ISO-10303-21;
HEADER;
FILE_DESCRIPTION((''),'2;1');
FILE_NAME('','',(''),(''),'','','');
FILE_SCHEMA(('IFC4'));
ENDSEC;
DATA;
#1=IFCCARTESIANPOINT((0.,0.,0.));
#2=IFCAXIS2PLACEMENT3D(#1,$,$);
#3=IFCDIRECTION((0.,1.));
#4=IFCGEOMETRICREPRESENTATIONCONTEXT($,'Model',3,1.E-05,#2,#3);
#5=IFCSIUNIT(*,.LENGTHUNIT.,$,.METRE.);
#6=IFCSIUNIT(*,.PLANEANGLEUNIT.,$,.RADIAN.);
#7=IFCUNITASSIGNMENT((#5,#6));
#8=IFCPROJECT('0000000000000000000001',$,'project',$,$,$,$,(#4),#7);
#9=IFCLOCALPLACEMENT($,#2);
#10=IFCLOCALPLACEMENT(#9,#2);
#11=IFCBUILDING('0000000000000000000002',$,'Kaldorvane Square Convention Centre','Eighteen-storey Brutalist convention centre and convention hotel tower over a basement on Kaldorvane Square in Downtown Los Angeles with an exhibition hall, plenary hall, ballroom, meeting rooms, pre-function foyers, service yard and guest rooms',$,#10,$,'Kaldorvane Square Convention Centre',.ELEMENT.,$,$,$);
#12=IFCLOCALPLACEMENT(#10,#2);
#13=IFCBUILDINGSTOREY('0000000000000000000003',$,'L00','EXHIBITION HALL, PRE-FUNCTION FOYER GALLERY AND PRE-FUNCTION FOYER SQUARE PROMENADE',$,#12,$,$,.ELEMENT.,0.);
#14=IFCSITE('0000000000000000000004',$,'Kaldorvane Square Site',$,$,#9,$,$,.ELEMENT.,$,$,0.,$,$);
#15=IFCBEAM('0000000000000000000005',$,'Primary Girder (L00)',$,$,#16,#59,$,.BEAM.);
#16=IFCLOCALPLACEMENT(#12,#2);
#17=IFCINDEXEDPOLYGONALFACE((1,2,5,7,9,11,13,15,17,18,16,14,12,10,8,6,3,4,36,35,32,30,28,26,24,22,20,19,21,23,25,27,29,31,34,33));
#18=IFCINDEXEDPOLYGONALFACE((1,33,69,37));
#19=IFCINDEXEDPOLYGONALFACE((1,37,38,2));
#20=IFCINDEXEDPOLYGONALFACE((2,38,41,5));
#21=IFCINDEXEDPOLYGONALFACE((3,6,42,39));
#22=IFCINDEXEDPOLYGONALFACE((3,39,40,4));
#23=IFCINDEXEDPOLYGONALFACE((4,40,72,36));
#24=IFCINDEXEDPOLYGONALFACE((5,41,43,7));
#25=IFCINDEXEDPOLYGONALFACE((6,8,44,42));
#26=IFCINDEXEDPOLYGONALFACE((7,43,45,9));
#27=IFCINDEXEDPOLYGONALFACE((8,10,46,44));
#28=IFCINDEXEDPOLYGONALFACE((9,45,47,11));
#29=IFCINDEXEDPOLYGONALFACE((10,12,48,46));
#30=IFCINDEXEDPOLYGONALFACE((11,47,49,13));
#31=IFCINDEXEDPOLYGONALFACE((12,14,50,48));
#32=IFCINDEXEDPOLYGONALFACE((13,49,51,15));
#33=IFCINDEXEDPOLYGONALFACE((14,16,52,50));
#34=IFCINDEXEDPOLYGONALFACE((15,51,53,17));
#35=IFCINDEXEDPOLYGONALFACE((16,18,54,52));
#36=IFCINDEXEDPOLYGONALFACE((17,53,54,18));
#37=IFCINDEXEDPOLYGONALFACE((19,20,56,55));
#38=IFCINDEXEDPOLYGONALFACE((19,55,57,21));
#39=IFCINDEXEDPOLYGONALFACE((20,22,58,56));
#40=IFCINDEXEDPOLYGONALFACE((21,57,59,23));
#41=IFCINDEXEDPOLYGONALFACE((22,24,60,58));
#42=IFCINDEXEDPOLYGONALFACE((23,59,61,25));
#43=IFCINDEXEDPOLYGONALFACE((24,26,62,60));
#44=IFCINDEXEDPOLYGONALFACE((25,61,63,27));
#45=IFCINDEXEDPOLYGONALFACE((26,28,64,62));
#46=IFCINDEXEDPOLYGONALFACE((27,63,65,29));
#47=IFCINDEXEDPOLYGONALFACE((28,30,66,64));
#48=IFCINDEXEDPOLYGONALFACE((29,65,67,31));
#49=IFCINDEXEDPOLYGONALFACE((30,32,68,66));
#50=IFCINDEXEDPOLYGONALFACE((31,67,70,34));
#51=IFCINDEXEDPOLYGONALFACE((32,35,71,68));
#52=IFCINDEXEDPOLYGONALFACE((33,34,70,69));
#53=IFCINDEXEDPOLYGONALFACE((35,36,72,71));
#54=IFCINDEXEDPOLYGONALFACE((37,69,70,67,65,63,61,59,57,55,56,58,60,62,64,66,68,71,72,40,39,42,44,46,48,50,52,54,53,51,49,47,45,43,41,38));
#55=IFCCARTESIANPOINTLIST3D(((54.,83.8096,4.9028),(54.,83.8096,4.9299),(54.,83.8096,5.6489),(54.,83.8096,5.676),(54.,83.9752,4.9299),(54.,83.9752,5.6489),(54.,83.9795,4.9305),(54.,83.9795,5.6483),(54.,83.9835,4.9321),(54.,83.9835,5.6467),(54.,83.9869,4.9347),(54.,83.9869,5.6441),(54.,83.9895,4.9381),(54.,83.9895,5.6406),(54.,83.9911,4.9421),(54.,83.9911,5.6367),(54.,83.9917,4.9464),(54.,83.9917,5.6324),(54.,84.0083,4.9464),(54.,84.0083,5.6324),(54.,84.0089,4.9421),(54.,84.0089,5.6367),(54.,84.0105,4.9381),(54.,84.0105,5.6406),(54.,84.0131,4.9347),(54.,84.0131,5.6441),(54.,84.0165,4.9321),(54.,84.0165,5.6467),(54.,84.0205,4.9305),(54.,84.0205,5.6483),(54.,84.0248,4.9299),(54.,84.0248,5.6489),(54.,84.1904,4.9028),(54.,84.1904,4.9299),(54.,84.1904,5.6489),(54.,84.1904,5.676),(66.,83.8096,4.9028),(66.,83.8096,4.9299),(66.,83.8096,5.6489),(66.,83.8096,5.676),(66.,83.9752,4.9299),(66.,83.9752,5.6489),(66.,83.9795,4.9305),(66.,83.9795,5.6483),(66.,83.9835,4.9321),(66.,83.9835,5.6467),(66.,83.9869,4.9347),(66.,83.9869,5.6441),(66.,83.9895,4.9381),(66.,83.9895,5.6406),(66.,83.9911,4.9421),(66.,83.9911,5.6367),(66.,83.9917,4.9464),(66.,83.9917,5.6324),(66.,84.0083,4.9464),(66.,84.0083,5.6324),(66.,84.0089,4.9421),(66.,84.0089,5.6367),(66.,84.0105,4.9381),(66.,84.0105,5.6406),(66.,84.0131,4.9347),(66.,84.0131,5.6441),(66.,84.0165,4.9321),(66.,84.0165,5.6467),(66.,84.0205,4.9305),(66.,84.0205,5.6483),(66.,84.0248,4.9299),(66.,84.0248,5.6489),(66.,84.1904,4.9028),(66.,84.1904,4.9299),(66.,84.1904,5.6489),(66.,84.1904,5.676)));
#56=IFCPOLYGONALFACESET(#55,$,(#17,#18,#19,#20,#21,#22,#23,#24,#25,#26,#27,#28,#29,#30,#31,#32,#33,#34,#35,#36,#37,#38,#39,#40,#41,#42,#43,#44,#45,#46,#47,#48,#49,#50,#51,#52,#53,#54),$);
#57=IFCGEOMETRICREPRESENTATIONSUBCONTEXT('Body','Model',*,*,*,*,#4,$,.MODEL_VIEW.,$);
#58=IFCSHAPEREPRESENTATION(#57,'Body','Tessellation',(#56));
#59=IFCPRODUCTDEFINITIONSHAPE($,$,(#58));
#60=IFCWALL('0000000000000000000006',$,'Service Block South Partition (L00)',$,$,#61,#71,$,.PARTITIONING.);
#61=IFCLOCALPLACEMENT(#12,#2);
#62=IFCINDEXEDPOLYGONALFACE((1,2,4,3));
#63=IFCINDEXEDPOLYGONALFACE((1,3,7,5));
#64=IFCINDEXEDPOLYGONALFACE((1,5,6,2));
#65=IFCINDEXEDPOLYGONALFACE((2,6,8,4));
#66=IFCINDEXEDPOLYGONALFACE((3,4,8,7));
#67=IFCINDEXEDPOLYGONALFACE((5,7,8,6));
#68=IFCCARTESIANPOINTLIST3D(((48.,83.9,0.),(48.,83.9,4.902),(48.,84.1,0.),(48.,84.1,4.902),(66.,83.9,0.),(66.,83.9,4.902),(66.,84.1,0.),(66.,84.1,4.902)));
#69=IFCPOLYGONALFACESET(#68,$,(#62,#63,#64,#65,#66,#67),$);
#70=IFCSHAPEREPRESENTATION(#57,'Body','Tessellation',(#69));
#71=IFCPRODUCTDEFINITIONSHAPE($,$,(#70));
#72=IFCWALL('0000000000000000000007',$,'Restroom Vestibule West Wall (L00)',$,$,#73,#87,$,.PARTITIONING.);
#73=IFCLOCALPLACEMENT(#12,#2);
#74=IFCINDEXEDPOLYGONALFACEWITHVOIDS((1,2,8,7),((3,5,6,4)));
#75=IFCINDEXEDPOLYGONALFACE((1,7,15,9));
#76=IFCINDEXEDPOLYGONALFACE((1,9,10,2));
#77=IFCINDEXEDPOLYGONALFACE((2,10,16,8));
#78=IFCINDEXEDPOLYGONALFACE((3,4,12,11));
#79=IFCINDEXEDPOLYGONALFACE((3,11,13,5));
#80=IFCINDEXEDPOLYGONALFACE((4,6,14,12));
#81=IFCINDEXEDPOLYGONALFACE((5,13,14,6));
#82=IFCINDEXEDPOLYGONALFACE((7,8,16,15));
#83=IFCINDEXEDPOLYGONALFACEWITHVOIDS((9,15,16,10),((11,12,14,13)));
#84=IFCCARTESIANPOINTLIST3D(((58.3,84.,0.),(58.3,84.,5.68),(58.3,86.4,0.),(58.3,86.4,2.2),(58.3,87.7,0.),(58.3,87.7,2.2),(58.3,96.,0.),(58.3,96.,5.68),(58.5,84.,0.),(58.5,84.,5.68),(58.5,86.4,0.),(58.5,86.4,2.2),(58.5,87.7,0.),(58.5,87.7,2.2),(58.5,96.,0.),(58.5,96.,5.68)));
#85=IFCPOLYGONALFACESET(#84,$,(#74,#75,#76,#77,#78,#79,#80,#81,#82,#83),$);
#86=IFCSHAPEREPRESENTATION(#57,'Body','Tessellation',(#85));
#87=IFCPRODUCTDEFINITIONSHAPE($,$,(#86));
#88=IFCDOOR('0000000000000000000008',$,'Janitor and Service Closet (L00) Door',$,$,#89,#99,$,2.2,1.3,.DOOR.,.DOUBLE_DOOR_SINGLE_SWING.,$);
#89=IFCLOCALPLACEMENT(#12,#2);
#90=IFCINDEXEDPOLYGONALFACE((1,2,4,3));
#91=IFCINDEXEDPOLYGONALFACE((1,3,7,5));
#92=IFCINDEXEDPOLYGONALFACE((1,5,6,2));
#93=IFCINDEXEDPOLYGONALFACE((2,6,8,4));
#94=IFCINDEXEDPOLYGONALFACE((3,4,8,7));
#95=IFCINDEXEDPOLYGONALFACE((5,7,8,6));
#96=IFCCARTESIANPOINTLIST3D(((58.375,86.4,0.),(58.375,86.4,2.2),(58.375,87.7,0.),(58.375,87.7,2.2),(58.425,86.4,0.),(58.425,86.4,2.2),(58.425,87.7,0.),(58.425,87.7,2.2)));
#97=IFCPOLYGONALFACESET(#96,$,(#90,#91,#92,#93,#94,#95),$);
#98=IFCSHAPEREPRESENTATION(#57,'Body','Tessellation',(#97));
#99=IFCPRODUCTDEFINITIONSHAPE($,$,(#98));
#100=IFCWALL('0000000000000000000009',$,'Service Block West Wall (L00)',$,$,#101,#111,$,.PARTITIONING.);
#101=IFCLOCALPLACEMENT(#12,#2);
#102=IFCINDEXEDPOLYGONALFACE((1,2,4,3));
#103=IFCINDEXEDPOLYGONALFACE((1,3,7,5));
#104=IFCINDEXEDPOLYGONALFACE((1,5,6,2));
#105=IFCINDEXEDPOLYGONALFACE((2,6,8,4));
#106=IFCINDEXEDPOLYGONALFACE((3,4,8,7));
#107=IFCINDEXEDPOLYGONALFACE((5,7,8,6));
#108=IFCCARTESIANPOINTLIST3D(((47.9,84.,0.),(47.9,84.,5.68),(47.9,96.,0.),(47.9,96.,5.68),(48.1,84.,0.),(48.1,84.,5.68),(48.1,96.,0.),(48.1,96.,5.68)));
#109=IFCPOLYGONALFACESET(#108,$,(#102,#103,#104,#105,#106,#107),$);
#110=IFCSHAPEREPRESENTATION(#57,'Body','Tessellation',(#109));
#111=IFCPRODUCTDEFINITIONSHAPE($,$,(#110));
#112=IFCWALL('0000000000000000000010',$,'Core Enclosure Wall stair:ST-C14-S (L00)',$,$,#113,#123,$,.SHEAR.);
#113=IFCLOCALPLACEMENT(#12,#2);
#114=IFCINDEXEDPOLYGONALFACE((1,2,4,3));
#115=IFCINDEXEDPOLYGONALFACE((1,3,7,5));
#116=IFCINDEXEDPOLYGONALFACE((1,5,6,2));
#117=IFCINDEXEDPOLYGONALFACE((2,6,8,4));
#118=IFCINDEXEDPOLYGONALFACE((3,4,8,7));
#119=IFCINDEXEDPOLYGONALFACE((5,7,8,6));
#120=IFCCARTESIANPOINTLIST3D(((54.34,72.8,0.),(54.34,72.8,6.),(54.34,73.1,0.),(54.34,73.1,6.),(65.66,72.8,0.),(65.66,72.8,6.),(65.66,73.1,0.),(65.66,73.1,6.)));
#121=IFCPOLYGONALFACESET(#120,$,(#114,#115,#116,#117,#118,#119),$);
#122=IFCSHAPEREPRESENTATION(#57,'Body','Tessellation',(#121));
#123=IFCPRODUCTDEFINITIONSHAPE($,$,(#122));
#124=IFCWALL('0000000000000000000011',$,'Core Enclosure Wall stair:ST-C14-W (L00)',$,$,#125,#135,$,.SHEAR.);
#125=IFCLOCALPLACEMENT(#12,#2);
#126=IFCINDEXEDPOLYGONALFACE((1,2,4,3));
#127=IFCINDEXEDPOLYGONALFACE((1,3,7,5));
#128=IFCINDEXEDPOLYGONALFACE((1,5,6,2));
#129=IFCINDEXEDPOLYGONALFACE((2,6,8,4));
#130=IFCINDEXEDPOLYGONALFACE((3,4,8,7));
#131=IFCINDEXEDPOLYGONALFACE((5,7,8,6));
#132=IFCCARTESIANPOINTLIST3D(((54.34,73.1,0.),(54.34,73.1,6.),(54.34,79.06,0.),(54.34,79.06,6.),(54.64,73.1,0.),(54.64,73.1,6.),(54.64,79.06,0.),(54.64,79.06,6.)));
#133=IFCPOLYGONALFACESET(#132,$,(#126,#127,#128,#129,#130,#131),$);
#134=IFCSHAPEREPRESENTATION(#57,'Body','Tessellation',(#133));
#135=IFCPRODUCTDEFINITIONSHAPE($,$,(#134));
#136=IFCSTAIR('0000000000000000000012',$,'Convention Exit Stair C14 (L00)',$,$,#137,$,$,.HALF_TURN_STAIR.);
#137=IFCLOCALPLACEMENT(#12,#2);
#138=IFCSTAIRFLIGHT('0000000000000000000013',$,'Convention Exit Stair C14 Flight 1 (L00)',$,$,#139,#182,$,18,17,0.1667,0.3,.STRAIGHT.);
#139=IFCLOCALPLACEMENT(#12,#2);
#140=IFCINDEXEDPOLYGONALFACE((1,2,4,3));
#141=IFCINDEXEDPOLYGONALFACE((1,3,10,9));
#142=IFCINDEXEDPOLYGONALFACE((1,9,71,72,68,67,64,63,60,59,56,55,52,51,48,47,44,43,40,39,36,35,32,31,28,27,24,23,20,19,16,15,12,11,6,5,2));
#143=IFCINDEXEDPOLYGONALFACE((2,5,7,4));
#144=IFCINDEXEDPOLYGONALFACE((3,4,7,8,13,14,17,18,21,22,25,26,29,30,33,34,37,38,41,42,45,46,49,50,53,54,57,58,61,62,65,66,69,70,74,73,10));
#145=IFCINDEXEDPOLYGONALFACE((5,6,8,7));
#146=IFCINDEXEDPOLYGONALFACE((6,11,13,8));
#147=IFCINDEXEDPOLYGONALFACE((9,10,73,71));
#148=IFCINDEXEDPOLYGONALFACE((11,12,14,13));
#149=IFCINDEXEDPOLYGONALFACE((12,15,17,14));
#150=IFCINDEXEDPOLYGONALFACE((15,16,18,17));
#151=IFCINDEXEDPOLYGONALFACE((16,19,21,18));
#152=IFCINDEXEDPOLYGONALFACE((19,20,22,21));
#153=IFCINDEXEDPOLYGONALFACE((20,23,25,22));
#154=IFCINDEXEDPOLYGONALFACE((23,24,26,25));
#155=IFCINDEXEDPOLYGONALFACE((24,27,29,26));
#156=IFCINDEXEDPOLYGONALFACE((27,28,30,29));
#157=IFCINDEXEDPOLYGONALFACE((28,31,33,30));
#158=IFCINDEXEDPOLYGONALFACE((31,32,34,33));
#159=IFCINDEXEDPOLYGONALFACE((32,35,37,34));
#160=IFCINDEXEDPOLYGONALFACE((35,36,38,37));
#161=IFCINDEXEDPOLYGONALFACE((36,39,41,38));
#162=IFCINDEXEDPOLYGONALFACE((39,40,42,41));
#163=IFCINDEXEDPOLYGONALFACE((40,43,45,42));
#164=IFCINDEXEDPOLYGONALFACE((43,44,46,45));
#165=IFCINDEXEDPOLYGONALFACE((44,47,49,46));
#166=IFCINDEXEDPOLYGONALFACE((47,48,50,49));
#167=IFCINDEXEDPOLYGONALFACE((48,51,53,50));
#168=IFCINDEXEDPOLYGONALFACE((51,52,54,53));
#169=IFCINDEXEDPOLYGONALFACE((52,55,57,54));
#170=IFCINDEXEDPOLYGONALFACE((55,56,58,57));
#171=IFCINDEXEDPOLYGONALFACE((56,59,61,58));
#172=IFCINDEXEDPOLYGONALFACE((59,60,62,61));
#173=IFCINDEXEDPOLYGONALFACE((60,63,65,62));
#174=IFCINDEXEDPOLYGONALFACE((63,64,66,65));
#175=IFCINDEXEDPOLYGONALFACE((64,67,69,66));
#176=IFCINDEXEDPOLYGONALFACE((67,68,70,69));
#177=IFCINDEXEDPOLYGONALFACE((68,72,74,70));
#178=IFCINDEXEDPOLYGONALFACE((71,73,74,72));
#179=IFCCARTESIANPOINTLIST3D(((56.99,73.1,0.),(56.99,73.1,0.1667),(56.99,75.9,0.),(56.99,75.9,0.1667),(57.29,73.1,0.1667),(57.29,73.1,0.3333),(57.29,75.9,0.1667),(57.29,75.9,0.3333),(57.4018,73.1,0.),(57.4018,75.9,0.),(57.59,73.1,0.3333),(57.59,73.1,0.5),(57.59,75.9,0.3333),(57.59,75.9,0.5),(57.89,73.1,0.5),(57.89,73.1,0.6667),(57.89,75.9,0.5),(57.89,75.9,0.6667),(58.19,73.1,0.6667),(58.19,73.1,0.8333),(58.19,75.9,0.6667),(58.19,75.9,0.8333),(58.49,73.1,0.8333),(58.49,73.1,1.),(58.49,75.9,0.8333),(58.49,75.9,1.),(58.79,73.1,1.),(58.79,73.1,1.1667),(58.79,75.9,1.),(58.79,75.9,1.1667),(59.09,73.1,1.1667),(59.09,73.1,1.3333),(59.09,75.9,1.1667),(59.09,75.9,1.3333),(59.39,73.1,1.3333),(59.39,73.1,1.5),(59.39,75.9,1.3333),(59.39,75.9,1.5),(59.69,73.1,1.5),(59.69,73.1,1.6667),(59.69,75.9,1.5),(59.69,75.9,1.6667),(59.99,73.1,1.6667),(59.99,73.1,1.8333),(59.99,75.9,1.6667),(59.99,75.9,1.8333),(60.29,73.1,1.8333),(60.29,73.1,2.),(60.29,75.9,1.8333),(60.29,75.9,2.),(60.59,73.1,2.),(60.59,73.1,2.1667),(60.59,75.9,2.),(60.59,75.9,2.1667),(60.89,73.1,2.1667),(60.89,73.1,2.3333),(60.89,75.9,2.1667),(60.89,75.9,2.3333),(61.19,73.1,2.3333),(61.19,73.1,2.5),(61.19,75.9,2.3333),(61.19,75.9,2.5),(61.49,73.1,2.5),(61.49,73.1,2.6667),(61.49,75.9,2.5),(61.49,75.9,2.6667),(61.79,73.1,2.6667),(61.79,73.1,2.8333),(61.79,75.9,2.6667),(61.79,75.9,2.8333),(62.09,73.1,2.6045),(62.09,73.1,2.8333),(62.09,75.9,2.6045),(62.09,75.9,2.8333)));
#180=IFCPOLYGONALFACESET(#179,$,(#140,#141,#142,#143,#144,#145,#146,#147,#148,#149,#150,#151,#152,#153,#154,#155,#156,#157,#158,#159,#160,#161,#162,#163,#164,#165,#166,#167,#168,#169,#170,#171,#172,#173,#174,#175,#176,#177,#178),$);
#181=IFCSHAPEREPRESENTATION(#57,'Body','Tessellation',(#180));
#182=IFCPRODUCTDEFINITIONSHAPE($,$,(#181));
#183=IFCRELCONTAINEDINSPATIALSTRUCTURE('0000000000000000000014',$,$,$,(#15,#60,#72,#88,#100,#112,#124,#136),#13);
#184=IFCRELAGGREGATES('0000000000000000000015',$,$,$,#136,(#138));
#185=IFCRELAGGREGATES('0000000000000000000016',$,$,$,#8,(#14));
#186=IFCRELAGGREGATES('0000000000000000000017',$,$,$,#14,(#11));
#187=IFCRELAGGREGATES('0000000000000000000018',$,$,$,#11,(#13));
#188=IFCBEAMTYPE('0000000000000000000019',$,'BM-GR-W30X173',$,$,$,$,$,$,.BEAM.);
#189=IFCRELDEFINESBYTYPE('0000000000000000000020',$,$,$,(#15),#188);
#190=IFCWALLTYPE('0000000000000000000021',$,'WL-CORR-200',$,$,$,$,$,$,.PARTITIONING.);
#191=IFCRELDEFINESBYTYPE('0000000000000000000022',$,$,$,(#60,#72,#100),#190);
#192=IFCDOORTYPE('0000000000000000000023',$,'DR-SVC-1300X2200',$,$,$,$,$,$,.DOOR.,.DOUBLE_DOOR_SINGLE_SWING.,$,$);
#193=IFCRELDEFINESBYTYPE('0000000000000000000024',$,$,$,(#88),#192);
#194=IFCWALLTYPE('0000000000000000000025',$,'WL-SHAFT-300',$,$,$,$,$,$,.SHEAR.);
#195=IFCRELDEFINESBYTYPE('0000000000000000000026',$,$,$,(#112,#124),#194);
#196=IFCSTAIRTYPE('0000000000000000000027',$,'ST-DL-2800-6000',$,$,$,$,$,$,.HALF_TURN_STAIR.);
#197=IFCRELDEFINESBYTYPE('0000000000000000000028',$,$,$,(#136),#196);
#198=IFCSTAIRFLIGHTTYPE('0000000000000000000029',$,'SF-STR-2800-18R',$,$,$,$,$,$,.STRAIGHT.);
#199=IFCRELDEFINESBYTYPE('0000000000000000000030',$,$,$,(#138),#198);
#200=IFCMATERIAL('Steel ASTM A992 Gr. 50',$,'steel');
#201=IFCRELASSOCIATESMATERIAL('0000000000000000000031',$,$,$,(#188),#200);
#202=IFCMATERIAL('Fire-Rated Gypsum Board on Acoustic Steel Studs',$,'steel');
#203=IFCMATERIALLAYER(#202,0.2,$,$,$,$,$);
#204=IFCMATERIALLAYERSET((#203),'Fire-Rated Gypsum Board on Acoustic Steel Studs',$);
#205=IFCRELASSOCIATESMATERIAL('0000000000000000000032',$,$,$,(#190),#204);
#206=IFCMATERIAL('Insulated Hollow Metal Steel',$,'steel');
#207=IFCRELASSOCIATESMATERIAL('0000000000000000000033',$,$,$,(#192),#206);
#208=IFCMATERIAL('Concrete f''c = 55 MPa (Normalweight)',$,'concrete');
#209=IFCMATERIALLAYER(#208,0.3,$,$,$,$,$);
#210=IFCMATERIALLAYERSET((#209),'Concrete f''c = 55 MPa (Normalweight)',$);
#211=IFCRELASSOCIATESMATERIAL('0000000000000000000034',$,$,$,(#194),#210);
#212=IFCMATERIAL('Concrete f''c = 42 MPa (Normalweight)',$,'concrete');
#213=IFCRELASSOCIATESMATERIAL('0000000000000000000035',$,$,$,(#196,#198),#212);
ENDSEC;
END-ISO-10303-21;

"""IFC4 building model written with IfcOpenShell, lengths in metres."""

from ifc_helpers import new_model, si_unit, direction, frame, frame_2d, origin, origin_2d, place, context, subcontext, project, spatial, polyline, rectangle, i_section, outline, extrude, material, layer, layer_set, material_profile, profile_set, type_object, element, fill, aggregate, save


model = new_model("IFC4")

# Units and contexts
model_context = context("Model", 3, precision=1e-05, world=origin(), true_north=direction((0.0, 1.0)))
body_context = subcontext(model_context, "Body", "Model", "MODEL_VIEW")
ifc_project = project(units=[si_unit("LENGTHUNIT", "METRE"), si_unit("PLANEANGLEUNIT", "RADIAN")], contexts=[model_context])

# Site, building, storey
site_placement = place(None, origin())
site = spatial("IfcSite", under=ifc_project, at=site_placement, Name="Kaldorvane Square Site", CompositionType="ELEMENT", RefElevation=0.0)
building_placement = place(site_placement, origin())
building = spatial("IfcBuilding", under=site, at=building_placement, Name="Kaldorvane Square Convention Centre", Description="Eighteen-storey Brutalist convention centre and convention hotel tower over a basement on Kaldorvane Square in Downtown Los Angeles with an exhibition hall, plenary hall, ballroom, meeting rooms, pre-function foyers, service yard and guest rooms", LongName="Kaldorvane Square Convention Centre", CompositionType="ELEMENT")
storey_placement = place(building_placement, origin())
storey = spatial("IfcBuildingStorey", under=building, at=storey_placement, Name="L00", Description="EXHIBITION HALL, PRE-FUNCTION FOYER GALLERY AND PRE-FUNCTION FOYER SQUARE PROMENADE", CompositionType="ELEMENT", Elevation=0.0)

# Shared definitions
ifc_material_1 = material(Name="Concrete f'c = 55 MPa (Normalweight)", Category="concrete")
ifc_material_2 = material(Name="Steel ASTM A992 Gr. 50", Category="steel")

# Beam
ifc_material_profile_1 = material_profile(ifc_material_2, i_section(OverallWidth=0.3807, OverallDepth=0.7732, WebThickness=0.0166, FlangeThickness=0.0271, FilletRadius=0.0165, at=origin_2d()), Name="W30X173")
ifc_profile_set_1 = profile_set([ifc_material_profile_1], Name="Steel ASTM A992 Gr. 50")
beam_type_1 = type_object("IfcBeamType", Name="BM-GR-W30X173", PredefinedType="BEAM", material=ifc_profile_set_1)
for number, where, z_axis, x_axis, name in (
    (1, (54.0, 84.0, 5.2894), (1.0, 0.0, 0.0), (0.0, 1.0, 0.0), "Primary Girder (L00)"),
):
    element("IfcBeam", number, at=place(storey_placement, frame(where, z_axis=z_axis, x_axis=x_axis)), inside=storey, type_object=beam_type_1, Name=name, PredefinedType="BEAM", context=body_context, shape_type="SweptSolid", body=[
        extrude(i_section(OverallWidth=0.3807, OverallDepth=0.7732, WebThickness=0.0166, FlangeThickness=0.0271, FilletRadius=0.0165, at=origin_2d()), origin(), (0.0, 0.0, 1.0), 12.0),
    ])

# Wall
ifc_material_3 = material(Name="Fire-Rated Gypsum Board on Acoustic Steel Studs", Category="steel")
ifc_layer_1 = layer(ifc_material_3, 0.2)
ifc_layer_set_1 = layer_set([ifc_layer_1], Name="Fire-Rated Gypsum Board on Acoustic Steel Studs")
wall_type_1 = type_object("IfcWallType", Name="WL-CORR-200", PredefinedType="PARTITIONING", material=ifc_layer_set_1)
wall_1_placement = place(storey_placement, frame((48.0, 84.0, 0.0), z_axis=(0.0, 0.0, 1.0), x_axis=(1.0, 0.0, 0.0)))
element("IfcWall", 2, at=wall_1_placement, inside=storey, type_object=wall_type_1, Name="Service Block South Partition (L00)", PredefinedType="PARTITIONING", context=body_context, shape_type="SweptSolid", body=[
    extrude(rectangle(XDim=18.0, YDim=0.2, at=frame_2d((9.0, 0.0))), origin(), (0.0, 0.0, 1.0), 4.902),
])

# Wall, opening, door
wall_2_placement = place(storey_placement, frame((58.4, 84.0, 0.0), z_axis=(0.0, 0.0, 1.0), x_axis=(0.0, 1.0, 0.0)))
wall_2 = element("IfcWall", 3, at=wall_2_placement, inside=storey, type_object=wall_type_1, Name="Restroom Vestibule West Wall (L00)", PredefinedType="PARTITIONING", context=body_context, shape_type="SweptSolid", body=[
    extrude(rectangle(XDim=12.0, YDim=0.2, at=frame_2d((6.0, 0.0))), origin(), (0.0, 0.0, 1.0), 5.68),
])
opening_placement = place(wall_2_placement, frame((2.4, 0.0, 0.0)))
opening = element("IfcOpeningElement", 4, at=opening_placement, cuts=wall_2, PredefinedType="OPENING", context=body_context, shape_type="SweptSolid", body=[
    extrude(rectangle(XDim=1.3, YDim=2.2, at=frame_2d((0.65, 1.1))), frame((0.0, 0.115, 0.0), z_axis=(0.0, -1.0, 0.0), x_axis=(1.0, 0.0, 0.0)), (0.0, 0.0, 1.0), 0.23),
])
ifc_material_4 = material(Name="Insulated Hollow Metal Steel", Category="steel")
door_type = type_object("IfcDoorType", Name="DR-SVC-1300X2200", OperationType="DOUBLE_DOOR_SINGLE_SWING", PredefinedType="DOOR", material=ifc_material_4)
door_placement = place(opening_placement, origin())
door = element("IfcDoor", 5, at=door_placement, inside=storey, type_object=door_type, Name="Janitor and Service Closet (L00) Door", OperationType="DOUBLE_DOOR_SINGLE_SWING", OverallHeight=2.2, OverallWidth=1.3, PredefinedType="DOOR", context=body_context, shape_type="SweptSolid", body=[
    extrude(rectangle(XDim=1.3, YDim=2.2, at=frame_2d((0.65, 1.1))), frame((0.0, 0.025, 0.0), z_axis=(0.0, -1.0, 0.0), x_axis=(1.0, 0.0, 0.0)), (0.0, 0.0, 1.0), 0.05),
])
fill(opening, door)

# Walls
wall_3_placement = place(storey_placement, frame((48.0, 84.0, 0.0), z_axis=(0.0, 0.0, 1.0), x_axis=(0.0, 1.0, 0.0)))
element("IfcWall", 6, at=wall_3_placement, inside=storey, type_object=wall_type_1, Name="Service Block West Wall (L00)", PredefinedType="PARTITIONING", context=body_context, shape_type="SweptSolid", body=[
    extrude(rectangle(XDim=12.0, YDim=0.2, at=frame_2d((6.0, 0.0))), origin(), (0.0, 0.0, 1.0), 5.68),
])
ifc_layer_2 = layer(ifc_material_1, 0.3)
ifc_layer_set_2 = layer_set([ifc_layer_2], Name="Concrete f'c = 55 MPa (Normalweight)")
wall_type_2 = type_object("IfcWallType", Name="WL-SHAFT-300", PredefinedType="SHEAR", material=ifc_layer_set_2)
wall_4_placement = place(storey_placement, frame((54.34, 72.95, 0.0), z_axis=(0.0, 0.0, 1.0), x_axis=(1.0, 0.0, 0.0)))
element("IfcWall", 7, at=wall_4_placement, inside=storey, type_object=wall_type_2, Name="Core Enclosure Wall stair:ST-C14-S (L00)", PredefinedType="SHEAR", context=body_context, shape_type="SweptSolid", body=[
    extrude(rectangle(XDim=11.32, YDim=0.3, at=frame_2d((5.66, 0.0))), origin(), (0.0, 0.0, 1.0), 6.0),
])
wall_5_placement = place(storey_placement, frame((54.49, 79.06, 0.0), z_axis=(0.0, 0.0, 1.0), x_axis=(0.0, -1.0, 0.0)))
element("IfcWall", 8, at=wall_5_placement, inside=storey, type_object=wall_type_2, Name="Core Enclosure Wall stair:ST-C14-W (L00)", PredefinedType="SHEAR", context=body_context, shape_type="SweptSolid", body=[
    extrude(rectangle(XDim=5.96, YDim=0.3, at=frame_2d((2.98, 0.0))), origin(), (0.0, 0.0, 1.0), 6.0),
])

# Stair, stair flight
ifc_material_5 = material(Name="Concrete f'c = 42 MPa (Normalweight)", Category="concrete")
stair_type = type_object("IfcStairType", Name="ST-DL-2800-6000", PredefinedType="HALF_TURN_STAIR", material=ifc_material_5)
stair_placement = place(storey_placement, origin())
stair = element("IfcStair", 9, at=stair_placement, inside=storey, type_object=stair_type, Name="Convention Exit Stair C14 (L00)", PredefinedType="HALF_TURN_STAIR")
stair_flight_type = type_object("IfcStairFlightType", Name="SF-STR-2800-18R", PredefinedType="STRAIGHT", material=ifc_material_5)
stair_flight_1_placement = place(storey_placement, frame((56.99, 74.5, 0.0), z_axis=(0.0, 0.0, 1.0), x_axis=(1.0, 0.0, 0.0)))
stair_flight_1 = element("IfcStairFlight", 10, at=stair_flight_1_placement, type_object=stair_flight_type, Name="Convention Exit Stair C14 Flight 1 (L00)", NumberOfRisers=18, NumberOfTreads=17, PredefinedType="STRAIGHT", RiserHeight=0.1667, TreadLength=0.3, context=body_context, shape_type="SweptSolid", body=[
    extrude(outline(polyline([(0.0, 0.0), (0.0, 0.1667), (0.3, 0.1667), (0.3, 0.3333), (0.6, 0.3333), (0.6, 0.5), (0.9, 0.5), (0.9, 0.6667), (1.2, 0.6667), (1.2, 0.8333), (1.5, 0.8333), (1.5, 1.0), (1.8, 1.0), (1.8, 1.1667), (2.1, 1.1667), (2.1, 1.3333), (2.4, 1.3333), (2.4, 1.5), (2.7, 1.5), (2.7, 1.6667), (3.0, 1.6667), (3.0, 1.8333), (3.3, 1.8333), (3.3, 2.0), (3.6, 2.0), (3.6, 2.1667), (3.9, 2.1667), (3.9, 2.3333), (4.2, 2.3333), (4.2, 2.5), (4.5, 2.5), (4.5, 2.6667), (4.8, 2.6667), (4.8, 2.8333), (5.1, 2.8333), (5.1, 3.0), (5.1, 2.6045), (0.4118, 0.0), (0.0, 0.0)])), frame((0.0, 1.4, 0.0), z_axis=(0.0, -1.0, 0.0), x_axis=(1.0, 0.0, 0.0)), (0.0, 0.0, 1.0), 2.8),
])
aggregate(stair, [stair_flight_1])

save(model, "model.ifc")
